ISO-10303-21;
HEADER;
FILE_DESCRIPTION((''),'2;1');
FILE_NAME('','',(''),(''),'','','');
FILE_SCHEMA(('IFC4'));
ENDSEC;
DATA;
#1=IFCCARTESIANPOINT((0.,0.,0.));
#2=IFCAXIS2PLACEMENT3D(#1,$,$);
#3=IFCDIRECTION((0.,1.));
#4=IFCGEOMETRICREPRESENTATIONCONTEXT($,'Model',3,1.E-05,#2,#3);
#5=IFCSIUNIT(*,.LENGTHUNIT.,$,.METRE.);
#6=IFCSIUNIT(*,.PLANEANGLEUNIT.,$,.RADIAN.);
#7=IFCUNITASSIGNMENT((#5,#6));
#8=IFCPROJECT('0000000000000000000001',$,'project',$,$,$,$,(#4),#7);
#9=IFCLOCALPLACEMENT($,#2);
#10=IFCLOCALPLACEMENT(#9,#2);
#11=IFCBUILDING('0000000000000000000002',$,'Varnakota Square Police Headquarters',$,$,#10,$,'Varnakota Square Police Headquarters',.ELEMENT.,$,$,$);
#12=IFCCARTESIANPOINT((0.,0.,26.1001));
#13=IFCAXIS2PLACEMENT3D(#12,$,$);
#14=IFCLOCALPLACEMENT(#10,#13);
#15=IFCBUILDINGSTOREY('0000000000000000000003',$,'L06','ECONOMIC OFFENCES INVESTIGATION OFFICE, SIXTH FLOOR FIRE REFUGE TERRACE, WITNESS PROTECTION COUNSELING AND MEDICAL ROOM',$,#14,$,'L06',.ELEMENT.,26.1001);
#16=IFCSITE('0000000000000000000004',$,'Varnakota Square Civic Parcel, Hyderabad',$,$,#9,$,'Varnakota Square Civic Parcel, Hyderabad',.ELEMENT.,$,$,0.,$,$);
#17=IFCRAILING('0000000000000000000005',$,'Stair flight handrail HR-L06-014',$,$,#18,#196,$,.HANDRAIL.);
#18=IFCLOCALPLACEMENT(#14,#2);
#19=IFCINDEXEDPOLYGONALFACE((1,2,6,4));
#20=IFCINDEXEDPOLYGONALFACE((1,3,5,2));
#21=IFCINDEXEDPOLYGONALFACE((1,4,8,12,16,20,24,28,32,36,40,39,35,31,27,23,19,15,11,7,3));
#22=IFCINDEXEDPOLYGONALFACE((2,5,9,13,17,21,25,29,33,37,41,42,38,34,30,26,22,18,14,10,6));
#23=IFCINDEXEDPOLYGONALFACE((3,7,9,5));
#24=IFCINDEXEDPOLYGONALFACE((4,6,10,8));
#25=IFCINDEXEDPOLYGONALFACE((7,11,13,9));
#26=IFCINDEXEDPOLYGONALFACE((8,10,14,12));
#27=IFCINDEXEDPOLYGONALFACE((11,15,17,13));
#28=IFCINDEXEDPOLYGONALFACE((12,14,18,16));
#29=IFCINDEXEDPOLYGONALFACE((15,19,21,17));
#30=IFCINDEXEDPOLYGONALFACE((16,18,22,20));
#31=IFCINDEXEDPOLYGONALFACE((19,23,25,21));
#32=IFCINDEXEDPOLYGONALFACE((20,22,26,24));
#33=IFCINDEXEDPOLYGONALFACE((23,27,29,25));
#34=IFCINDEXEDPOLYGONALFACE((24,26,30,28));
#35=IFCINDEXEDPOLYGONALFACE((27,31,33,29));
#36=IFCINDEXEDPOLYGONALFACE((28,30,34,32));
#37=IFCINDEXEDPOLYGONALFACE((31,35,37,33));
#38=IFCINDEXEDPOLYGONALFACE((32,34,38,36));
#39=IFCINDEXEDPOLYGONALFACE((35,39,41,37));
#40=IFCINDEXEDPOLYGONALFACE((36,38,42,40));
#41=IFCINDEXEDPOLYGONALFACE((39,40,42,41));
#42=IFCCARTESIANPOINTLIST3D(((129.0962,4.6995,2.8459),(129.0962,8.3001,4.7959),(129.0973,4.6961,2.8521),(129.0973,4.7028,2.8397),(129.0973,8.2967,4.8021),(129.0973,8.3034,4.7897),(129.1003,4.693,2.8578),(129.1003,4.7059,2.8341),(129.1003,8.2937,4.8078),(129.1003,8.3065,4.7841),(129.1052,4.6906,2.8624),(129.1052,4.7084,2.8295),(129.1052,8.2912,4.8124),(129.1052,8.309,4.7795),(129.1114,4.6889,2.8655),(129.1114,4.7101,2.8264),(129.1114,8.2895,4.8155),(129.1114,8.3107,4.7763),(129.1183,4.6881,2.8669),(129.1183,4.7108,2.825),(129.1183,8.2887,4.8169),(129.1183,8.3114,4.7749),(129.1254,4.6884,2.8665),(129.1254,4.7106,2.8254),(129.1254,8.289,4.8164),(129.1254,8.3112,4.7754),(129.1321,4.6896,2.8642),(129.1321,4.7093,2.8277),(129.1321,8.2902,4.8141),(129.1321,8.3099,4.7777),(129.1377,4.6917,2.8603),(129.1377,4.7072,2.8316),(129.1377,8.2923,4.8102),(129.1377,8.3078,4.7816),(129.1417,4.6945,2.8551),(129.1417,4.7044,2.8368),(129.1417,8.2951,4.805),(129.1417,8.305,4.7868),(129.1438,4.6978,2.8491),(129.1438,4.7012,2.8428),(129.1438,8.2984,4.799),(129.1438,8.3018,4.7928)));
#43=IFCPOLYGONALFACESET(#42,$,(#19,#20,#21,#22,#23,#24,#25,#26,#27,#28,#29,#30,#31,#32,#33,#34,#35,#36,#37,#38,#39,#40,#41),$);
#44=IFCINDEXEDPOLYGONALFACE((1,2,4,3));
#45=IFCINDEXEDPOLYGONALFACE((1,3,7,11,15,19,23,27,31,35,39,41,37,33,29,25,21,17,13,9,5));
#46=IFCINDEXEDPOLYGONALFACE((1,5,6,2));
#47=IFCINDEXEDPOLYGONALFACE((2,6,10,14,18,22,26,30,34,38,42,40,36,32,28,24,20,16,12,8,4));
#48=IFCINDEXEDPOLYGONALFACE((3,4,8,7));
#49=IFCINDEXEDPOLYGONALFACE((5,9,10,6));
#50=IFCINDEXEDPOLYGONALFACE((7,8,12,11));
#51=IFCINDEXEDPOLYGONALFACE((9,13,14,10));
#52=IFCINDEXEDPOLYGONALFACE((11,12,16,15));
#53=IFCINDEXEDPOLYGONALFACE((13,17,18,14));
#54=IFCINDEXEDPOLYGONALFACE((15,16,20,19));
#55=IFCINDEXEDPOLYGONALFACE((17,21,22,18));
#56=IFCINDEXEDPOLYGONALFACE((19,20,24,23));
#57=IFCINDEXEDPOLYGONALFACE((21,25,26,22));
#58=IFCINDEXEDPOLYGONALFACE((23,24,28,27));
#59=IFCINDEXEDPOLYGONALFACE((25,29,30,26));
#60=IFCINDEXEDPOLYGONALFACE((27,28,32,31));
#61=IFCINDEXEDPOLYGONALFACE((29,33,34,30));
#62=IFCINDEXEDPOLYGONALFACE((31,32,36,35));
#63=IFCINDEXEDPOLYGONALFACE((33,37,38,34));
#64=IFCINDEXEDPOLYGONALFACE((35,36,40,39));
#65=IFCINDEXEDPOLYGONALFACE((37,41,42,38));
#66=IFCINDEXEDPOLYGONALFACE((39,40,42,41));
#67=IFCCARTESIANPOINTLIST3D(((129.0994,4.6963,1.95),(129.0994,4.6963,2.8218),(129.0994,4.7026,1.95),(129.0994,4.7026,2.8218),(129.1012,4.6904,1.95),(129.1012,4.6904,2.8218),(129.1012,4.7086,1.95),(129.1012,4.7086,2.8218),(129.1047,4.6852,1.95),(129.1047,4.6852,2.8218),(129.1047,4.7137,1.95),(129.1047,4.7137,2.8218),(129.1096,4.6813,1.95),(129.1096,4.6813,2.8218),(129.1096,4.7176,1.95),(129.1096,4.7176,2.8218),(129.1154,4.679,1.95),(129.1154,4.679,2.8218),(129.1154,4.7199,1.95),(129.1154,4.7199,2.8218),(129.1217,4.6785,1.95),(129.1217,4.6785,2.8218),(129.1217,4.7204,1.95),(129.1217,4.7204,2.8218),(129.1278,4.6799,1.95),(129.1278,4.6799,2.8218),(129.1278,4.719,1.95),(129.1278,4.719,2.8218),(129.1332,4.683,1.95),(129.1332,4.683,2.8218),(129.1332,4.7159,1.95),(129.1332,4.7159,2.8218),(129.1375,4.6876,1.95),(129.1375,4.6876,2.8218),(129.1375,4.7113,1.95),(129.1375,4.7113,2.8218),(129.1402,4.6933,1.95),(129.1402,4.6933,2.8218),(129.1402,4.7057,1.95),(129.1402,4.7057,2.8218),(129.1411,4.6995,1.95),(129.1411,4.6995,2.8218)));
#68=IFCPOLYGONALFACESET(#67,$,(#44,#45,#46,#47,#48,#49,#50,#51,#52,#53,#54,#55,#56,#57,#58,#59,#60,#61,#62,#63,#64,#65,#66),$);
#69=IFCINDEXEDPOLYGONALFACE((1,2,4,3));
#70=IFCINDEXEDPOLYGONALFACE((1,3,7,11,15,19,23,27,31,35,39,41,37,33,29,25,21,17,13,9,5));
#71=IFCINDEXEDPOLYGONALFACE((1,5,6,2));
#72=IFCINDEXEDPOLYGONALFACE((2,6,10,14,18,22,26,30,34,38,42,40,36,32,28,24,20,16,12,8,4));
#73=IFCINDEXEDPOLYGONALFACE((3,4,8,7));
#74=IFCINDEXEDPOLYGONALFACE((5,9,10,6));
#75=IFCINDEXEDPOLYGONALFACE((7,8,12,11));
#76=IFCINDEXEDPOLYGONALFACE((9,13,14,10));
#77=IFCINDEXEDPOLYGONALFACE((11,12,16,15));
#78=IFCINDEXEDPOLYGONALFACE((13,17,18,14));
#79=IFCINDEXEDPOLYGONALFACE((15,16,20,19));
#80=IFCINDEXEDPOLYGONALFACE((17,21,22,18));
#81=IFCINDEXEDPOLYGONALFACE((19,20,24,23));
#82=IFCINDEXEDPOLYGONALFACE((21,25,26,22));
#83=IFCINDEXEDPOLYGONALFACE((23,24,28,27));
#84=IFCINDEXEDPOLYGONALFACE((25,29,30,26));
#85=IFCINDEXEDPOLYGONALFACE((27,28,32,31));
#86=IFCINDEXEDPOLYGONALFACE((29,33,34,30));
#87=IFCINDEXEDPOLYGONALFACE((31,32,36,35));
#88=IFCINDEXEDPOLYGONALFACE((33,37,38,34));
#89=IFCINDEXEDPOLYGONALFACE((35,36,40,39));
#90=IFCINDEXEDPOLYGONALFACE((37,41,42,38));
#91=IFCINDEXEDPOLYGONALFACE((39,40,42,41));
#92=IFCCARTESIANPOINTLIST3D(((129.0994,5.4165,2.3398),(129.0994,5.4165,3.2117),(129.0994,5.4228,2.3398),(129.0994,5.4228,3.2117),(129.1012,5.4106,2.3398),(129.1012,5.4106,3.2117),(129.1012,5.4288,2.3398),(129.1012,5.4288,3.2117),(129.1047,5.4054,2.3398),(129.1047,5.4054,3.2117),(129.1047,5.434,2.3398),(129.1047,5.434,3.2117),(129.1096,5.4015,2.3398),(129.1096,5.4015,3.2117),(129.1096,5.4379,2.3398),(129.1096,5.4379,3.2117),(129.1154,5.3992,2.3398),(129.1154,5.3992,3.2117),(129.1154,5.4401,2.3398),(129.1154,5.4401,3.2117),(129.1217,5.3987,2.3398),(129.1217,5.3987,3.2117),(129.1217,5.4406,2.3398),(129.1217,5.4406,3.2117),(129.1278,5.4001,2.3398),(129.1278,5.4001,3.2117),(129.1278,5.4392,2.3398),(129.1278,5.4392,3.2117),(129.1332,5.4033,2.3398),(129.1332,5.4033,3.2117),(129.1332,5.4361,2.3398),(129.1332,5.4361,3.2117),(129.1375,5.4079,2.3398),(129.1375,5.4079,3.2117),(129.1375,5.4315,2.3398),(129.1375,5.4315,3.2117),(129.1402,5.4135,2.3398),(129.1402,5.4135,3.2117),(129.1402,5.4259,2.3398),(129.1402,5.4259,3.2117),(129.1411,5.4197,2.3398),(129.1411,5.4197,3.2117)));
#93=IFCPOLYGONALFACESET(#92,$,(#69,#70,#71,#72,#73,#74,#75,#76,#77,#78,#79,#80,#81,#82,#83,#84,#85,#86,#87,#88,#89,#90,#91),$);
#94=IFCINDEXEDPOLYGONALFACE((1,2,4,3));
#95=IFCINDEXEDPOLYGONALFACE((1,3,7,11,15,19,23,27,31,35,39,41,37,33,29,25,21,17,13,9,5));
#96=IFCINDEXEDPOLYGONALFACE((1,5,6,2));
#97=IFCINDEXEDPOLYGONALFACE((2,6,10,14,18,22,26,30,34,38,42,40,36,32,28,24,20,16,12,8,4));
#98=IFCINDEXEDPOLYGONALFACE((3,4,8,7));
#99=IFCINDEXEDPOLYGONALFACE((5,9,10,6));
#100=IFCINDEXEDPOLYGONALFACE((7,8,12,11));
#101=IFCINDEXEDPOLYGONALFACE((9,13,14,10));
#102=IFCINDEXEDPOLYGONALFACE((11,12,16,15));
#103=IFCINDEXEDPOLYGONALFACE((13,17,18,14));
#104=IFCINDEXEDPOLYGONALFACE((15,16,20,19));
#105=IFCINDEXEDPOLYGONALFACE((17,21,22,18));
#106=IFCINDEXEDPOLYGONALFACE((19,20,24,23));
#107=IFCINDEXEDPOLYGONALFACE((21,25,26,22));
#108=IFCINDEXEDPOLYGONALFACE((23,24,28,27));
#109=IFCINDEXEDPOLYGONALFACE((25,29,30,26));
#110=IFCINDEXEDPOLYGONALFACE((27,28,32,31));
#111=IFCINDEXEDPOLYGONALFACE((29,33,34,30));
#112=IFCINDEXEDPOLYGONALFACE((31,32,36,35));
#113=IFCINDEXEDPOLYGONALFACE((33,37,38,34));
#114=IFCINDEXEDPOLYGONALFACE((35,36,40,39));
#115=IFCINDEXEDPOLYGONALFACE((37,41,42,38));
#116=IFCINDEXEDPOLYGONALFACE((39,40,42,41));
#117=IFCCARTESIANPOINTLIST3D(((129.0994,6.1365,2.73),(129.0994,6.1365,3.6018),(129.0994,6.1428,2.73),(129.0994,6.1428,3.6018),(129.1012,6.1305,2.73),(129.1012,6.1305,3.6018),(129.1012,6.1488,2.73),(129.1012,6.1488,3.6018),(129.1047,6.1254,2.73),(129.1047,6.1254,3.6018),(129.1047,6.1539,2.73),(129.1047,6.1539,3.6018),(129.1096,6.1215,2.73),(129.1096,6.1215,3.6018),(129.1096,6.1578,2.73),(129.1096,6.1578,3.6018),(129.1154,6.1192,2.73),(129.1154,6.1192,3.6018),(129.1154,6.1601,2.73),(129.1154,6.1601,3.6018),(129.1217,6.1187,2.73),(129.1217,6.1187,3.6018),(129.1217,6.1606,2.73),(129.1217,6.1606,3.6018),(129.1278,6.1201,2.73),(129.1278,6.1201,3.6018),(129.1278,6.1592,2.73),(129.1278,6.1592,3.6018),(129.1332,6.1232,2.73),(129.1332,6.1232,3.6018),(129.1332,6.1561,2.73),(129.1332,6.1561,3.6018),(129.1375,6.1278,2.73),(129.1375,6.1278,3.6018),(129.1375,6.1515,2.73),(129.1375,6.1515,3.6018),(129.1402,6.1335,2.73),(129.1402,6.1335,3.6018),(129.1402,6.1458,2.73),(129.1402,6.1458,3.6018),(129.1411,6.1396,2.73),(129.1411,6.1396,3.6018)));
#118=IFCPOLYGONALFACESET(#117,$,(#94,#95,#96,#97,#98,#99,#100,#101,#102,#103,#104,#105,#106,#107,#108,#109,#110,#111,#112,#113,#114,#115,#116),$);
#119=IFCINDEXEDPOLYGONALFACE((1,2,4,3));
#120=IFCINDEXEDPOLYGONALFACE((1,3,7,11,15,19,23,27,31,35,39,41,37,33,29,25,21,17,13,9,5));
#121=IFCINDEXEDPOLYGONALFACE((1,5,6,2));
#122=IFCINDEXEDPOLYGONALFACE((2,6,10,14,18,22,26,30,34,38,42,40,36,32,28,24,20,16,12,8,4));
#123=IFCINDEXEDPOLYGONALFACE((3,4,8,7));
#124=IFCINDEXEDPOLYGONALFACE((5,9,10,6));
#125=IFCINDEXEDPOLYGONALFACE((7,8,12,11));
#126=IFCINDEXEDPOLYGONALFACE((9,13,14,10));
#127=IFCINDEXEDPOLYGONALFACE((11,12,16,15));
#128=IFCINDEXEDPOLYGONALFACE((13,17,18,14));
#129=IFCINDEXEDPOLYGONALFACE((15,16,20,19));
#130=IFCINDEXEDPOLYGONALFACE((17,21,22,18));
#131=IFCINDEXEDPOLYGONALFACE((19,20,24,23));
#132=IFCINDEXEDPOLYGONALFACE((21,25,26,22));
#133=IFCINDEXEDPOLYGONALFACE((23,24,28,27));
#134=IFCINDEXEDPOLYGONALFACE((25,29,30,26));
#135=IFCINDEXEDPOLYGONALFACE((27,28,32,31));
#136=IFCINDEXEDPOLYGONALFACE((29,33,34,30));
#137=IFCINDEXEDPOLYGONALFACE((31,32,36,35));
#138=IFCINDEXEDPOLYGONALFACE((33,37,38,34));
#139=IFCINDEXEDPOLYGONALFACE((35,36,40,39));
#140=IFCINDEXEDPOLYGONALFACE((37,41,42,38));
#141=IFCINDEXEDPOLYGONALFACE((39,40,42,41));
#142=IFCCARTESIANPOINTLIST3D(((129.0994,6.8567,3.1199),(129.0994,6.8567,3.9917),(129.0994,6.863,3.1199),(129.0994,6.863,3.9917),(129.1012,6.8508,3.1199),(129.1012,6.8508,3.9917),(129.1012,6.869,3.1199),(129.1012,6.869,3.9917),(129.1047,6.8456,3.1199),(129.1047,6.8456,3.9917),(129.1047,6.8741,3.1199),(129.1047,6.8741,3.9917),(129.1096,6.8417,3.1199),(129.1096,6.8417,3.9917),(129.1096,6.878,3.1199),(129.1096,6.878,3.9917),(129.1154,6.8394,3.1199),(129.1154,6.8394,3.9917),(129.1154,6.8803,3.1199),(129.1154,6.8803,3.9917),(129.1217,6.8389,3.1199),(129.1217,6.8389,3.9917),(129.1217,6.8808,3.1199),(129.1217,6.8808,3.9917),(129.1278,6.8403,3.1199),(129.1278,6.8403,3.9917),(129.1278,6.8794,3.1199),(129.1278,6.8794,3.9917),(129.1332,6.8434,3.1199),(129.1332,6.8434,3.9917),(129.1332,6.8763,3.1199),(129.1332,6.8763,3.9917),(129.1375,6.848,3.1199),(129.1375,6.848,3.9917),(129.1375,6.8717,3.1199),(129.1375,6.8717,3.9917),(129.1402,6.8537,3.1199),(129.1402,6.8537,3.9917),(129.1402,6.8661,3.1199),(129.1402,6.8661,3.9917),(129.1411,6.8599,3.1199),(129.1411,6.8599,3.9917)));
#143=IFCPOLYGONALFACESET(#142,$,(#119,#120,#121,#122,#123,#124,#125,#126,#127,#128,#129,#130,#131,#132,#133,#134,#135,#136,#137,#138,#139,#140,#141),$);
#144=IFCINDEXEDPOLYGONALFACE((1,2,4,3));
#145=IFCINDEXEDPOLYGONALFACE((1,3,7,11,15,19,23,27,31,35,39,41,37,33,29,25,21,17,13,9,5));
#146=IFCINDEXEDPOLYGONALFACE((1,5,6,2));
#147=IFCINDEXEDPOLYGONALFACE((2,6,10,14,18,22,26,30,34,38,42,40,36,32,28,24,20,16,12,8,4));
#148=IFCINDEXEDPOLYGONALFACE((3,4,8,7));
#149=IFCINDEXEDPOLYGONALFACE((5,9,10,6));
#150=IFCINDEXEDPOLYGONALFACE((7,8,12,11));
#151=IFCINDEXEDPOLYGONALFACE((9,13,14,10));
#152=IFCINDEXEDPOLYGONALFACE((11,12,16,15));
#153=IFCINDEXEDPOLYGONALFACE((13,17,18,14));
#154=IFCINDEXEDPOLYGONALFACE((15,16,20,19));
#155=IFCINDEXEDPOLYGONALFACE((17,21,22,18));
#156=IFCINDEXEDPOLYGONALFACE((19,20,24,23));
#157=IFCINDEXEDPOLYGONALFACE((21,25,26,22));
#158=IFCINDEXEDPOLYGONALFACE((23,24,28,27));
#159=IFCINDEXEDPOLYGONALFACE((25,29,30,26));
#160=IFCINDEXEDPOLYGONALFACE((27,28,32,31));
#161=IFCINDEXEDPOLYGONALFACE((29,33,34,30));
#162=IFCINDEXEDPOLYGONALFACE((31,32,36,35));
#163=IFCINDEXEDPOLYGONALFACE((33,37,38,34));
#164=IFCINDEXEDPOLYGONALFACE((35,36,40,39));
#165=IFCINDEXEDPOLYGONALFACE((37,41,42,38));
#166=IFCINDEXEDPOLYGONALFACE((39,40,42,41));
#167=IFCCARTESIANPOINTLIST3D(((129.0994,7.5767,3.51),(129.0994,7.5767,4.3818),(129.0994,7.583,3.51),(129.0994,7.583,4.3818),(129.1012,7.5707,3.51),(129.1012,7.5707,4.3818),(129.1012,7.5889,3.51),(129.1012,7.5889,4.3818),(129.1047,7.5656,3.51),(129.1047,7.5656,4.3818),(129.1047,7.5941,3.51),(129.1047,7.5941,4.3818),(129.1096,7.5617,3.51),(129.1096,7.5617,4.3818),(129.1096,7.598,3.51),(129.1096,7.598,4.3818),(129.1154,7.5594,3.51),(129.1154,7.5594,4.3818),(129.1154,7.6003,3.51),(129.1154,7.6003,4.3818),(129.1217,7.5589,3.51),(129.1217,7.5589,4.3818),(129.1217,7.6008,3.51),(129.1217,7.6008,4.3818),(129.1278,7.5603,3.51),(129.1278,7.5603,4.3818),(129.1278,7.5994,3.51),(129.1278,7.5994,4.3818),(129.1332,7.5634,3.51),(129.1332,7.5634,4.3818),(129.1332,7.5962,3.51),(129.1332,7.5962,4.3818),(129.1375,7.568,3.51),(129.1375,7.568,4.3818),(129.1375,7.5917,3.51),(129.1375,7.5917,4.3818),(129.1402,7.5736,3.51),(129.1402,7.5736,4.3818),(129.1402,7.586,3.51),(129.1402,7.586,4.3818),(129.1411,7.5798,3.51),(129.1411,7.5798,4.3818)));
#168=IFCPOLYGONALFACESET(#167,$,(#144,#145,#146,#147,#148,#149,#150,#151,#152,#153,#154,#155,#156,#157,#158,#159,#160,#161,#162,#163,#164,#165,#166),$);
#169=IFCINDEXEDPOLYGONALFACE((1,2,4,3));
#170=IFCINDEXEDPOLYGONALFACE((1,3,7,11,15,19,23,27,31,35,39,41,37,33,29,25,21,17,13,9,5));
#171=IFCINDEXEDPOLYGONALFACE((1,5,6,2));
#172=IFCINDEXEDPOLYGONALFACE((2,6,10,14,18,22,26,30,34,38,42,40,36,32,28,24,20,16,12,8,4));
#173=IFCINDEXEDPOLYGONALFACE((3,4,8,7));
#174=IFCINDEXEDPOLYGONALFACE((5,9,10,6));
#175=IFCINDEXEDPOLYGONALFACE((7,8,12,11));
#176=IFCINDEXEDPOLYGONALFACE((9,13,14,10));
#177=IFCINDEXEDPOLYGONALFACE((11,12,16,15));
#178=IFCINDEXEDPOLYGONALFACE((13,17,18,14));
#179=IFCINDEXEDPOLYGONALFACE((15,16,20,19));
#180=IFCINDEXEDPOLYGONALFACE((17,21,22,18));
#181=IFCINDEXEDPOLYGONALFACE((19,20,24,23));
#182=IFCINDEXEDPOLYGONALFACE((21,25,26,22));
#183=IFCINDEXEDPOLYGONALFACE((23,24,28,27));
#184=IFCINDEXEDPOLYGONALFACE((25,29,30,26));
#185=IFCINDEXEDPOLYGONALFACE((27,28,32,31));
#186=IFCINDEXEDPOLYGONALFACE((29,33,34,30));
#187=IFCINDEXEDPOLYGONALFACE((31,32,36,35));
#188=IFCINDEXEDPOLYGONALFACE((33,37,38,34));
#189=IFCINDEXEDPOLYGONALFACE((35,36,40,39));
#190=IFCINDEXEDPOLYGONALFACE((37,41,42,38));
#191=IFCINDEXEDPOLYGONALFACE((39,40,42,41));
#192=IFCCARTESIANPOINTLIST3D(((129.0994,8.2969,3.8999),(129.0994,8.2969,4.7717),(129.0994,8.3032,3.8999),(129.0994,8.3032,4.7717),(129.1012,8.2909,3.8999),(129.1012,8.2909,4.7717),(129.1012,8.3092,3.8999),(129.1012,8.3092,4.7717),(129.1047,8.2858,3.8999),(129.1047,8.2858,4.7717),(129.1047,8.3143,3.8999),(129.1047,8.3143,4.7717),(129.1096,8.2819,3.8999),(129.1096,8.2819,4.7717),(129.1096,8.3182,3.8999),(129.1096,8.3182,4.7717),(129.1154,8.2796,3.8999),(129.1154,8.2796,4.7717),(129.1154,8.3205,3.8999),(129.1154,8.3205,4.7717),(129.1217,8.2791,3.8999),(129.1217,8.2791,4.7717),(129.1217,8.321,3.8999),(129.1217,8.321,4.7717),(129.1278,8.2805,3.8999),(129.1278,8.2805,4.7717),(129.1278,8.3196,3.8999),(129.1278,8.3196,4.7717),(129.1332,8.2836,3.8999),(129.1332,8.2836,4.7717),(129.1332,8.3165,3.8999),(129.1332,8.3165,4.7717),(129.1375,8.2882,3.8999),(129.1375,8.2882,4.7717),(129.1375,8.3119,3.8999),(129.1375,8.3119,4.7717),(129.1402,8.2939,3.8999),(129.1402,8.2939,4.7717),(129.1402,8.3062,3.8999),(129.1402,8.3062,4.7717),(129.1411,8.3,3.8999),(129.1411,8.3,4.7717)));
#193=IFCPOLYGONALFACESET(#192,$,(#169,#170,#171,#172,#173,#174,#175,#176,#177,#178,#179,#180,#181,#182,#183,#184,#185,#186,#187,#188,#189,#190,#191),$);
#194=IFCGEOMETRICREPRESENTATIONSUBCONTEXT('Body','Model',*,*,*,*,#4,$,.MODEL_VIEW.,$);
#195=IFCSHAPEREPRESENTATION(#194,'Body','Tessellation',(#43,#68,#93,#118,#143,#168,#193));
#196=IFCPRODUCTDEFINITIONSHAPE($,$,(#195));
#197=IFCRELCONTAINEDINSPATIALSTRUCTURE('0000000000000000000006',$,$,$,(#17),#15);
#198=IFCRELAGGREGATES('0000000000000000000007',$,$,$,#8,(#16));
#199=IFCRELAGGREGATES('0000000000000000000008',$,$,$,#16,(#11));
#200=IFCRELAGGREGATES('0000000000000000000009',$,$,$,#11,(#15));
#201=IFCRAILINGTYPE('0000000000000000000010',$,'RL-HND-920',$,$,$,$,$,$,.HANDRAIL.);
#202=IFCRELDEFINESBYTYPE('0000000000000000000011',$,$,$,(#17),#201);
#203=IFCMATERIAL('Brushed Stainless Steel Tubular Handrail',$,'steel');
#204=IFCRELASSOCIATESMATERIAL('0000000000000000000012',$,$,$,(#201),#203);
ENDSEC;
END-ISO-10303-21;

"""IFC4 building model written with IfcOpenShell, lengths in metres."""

from ifc_helpers import new_model, si_unit, direction, frame, origin, origin_2d, place, context, subcontext, project, spatial, circle, extrude, material, type_object, element, save


model = new_model("IFC4")

# Units and contexts
model_context = context("Model", 3, precision=1e-05, world=origin(), true_north=direction((0.0, 1.0)))
body_context = subcontext(model_context, "Body", "Model", "MODEL_VIEW")
ifc_project = project(units=[si_unit("LENGTHUNIT", "METRE"), si_unit("PLANEANGLEUNIT", "RADIAN")], contexts=[model_context])

# Site, building, storey
site_placement = place(None, origin())
site = spatial("IfcSite", under=ifc_project, at=site_placement, Name="Varnakota Square Civic Parcel, Hyderabad", LongName="Varnakota Square Civic Parcel, Hyderabad", CompositionType="ELEMENT", RefElevation=0.0)
building_placement = place(site_placement, origin())
building = spatial("IfcBuilding", under=site, at=building_placement, Name="Varnakota Square Police Headquarters", LongName="Varnakota Square Police Headquarters", CompositionType="ELEMENT")
storey_placement = place(building_placement, frame((0.0, 0.0, 26.1001)))
storey = spatial("IfcBuildingStorey", under=building, at=storey_placement, Name="L06", Description="ECONOMIC OFFENCES INVESTIGATION OFFICE, SIXTH FLOOR FIRE REFUGE TERRACE, WITNESS PROTECTION COUNSELING AND MEDICAL ROOM", LongName="L06", CompositionType="ELEMENT", Elevation=26.1001)

# Railing
ifc_material_1 = material(Name="Brushed Stainless Steel Tubular Handrail", Category="steel")
railing_type_1 = type_object("IfcRailingType", Name="RL-HND-920", PredefinedType="HANDRAIL", material=ifc_material_1)
railing_1_placement = place(storey_placement, frame((129.1201, 4.6995, 1.95)))
element("IfcRailing", 1, at=railing_1_placement, inside=storey, type_object=railing_type_1, Name="Stair flight handrail HR-L06-014", PredefinedType="HANDRAIL", context=body_context, shape_type="SweptSolid", body=[
    extrude(circle(Radius=0.0239, at=origin_2d()), frame((0.0, 0.0, 0.896), z_axis=(0.0, 0.879329, 0.476214), x_axis=(-1.0, 0.0, 0.0)), (0.0, 0.0, 1.0), 4.0947),
    extrude(circle(Radius=0.021, at=origin_2d()), origin(), (0.0, 0.0, 1.0), 0.8718),
    extrude(circle(Radius=0.021, at=origin_2d()), frame((0.0, 0.7202, 0.3899)), (0.0, 0.0, 1.0), 0.8718),
    extrude(circle(Radius=0.021, at=origin_2d()), frame((0.0, 1.4402, 0.78)), (0.0, 0.0, 1.0), 0.8718),
    extrude(circle(Radius=0.021, at=origin_2d()), frame((0.0, 2.1604, 1.1699)), (0.0, 0.0, 1.0), 0.8718),
    extrude(circle(Radius=0.021, at=origin_2d()), frame((0.0, 2.8804, 1.5601)), (0.0, 0.0, 1.0), 0.8718),
    extrude(circle(Radius=0.021, at=origin_2d()), frame((0.0, 3.6006, 1.95)), (0.0, 0.0, 1.0), 0.8718),
])

save(model, "model.ifc")
